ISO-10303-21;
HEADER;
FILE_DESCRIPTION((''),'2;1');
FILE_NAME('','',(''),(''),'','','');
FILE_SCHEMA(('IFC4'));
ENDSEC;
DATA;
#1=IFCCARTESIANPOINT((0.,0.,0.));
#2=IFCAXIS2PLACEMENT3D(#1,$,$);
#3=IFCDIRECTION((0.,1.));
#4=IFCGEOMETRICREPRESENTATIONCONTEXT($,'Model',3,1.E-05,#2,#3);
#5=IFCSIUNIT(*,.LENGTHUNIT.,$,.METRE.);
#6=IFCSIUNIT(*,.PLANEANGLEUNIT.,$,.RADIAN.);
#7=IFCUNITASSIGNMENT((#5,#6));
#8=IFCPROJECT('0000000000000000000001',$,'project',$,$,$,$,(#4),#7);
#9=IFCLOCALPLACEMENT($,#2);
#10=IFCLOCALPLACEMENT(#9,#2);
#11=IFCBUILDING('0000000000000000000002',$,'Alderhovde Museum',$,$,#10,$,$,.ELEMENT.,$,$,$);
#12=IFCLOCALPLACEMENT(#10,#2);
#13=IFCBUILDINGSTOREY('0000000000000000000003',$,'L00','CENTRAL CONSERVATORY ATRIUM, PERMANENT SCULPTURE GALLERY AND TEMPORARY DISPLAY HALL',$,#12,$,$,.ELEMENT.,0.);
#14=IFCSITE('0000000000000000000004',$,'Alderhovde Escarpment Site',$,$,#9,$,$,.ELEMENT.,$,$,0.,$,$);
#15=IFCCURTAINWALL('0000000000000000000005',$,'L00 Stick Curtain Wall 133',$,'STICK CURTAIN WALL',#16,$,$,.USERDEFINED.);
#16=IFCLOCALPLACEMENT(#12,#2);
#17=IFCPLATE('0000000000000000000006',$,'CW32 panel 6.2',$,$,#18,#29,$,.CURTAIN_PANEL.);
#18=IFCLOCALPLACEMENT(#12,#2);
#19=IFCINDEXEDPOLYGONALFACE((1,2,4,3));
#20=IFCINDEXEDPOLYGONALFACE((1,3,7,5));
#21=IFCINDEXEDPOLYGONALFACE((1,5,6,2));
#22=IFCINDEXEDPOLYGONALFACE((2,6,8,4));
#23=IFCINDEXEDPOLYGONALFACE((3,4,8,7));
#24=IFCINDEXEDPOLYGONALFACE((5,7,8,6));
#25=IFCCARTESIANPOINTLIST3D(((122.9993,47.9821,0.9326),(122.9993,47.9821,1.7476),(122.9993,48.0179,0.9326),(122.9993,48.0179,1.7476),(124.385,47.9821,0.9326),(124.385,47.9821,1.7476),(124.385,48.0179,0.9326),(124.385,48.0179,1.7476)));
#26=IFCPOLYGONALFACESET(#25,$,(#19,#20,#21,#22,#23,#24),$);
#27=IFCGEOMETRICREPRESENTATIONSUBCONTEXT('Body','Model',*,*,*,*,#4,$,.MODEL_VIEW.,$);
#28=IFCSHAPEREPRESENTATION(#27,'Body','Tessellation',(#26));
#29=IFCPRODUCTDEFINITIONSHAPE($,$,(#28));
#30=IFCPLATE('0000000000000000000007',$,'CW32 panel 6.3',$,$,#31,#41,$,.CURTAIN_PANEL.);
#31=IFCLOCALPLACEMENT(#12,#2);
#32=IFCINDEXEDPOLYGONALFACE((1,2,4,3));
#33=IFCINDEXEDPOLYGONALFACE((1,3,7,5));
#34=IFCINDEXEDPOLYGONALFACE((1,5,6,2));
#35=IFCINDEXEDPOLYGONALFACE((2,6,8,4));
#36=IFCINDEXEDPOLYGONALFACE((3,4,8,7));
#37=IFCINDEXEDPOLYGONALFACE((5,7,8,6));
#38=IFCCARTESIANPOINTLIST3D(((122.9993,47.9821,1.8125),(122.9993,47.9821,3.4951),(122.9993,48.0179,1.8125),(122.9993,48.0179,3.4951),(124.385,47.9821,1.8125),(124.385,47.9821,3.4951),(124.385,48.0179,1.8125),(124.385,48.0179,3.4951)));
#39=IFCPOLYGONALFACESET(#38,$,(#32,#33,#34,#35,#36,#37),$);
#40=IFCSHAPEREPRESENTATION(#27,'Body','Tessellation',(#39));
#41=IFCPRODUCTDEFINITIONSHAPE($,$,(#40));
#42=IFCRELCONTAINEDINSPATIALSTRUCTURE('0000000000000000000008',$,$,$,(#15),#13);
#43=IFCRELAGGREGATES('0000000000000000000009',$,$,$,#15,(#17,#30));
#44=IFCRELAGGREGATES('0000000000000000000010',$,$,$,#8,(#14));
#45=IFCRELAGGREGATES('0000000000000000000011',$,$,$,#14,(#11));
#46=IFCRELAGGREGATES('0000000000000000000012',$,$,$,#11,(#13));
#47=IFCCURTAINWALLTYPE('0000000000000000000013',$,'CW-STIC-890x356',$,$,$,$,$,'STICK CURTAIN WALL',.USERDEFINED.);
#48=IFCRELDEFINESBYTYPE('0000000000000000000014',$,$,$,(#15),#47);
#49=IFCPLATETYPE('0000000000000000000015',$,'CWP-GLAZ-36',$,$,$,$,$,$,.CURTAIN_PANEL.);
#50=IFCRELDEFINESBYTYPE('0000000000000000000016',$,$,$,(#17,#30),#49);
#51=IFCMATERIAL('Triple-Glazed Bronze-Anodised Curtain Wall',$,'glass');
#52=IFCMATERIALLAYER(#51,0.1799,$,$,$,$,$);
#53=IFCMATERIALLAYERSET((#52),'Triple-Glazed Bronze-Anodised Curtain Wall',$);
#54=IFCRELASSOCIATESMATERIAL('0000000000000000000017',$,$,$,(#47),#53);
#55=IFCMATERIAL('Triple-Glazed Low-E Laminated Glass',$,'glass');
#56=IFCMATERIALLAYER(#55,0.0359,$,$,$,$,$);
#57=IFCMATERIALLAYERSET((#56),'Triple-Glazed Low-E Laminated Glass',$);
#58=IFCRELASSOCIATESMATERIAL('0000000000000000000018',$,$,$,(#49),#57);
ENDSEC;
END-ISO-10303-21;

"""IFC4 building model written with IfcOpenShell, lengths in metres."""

from ifc_helpers import new_model, si_unit, direction, frame, origin, origin_2d, place, context, subcontext, project, spatial, rectangle, extrude, material, layer, layer_set, type_object, element, aggregate, save


model = new_model("IFC4")

# Units and contexts
model_context = context("Model", 3, precision=1e-05, world=origin(), true_north=direction((0.0, 1.0)))
body_context = subcontext(model_context, "Body", "Model", "MODEL_VIEW")
ifc_project = project(units=[si_unit("LENGTHUNIT", "METRE"), si_unit("PLANEANGLEUNIT", "RADIAN")], contexts=[model_context])

# Site, building, storey
site_placement = place(None, origin())
site = spatial("IfcSite", under=ifc_project, at=site_placement, Name="Alderhovde Escarpment Site", CompositionType="ELEMENT", RefElevation=0.0)
building_placement = place(site_placement, origin())
building = spatial("IfcBuilding", under=site, at=building_placement, Name="Alderhovde Museum", CompositionType="ELEMENT")
storey_placement = place(building_placement, origin())
storey = spatial("IfcBuildingStorey", under=building, at=storey_placement, Name="L00", Description="CENTRAL CONSERVATORY ATRIUM, PERMANENT SCULPTURE GALLERY AND TEMPORARY DISPLAY HALL", CompositionType="ELEMENT", Elevation=0.0)

# Curtain wall
ifc_material_1 = material(Name="Triple-Glazed Bronze-Anodised Curtain Wall", Category="glass")
ifc_layer_1 = layer(ifc_material_1, 0.1799)
ifc_layer_set_1 = layer_set([ifc_layer_1], Name="Triple-Glazed Bronze-Anodised Curtain Wall")
curtain_wall_type = type_object("IfcCurtainWallType", Name="CW-STIC-890x356", ElementType="STICK CURTAIN WALL", PredefinedType="USERDEFINED", material=ifc_layer_set_1)
curtain_wall_placement = place(storey_placement, origin())
curtain_wall = element("IfcCurtainWall", 1, at=curtain_wall_placement, inside=storey, type_object=curtain_wall_type, Name="L00 Stick Curtain Wall 133", ObjectType="STICK CURTAIN WALL", PredefinedType="USERDEFINED")

# Plates
ifc_material_2 = material(Name="Triple-Glazed Low-E Laminated Glass", Category="glass")
ifc_layer_2 = layer(ifc_material_2, 0.0359)
ifc_layer_set_2 = layer_set([ifc_layer_2], Name="Triple-Glazed Low-E Laminated Glass")
plate_type = type_object("IfcPlateType", Name="CWP-GLAZ-36", PredefinedType="CURTAIN_PANEL", material=ifc_layer_set_2)
plate_1_placement = place(storey_placement, frame((123.6921, 48.0, 0.9326), z_axis=(0.0, 0.0, 1.0), x_axis=(1.0, 0.0, 0.0)))
plate_1 = element("IfcPlate", 2, at=plate_1_placement, type_object=plate_type, Name="CW32 panel 6.2", PredefinedType="CURTAIN_PANEL", context=body_context, shape_type="SweptSolid", body=[
    extrude(rectangle(XDim=1.3857, YDim=0.0359, at=origin_2d()), origin(), (0.0, 0.0, 1.0), 0.8149),
])
plate_2_placement = place(storey_placement, frame((123.6921, 48.0, 1.8125), z_axis=(0.0, 0.0, 1.0), x_axis=(1.0, 0.0, 0.0)))
plate_2 = element("IfcPlate", 3, at=plate_2_placement, type_object=plate_type, Name="CW32 panel 6.3", PredefinedType="CURTAIN_PANEL", context=body_context, shape_type="SweptSolid", body=[
    extrude(rectangle(XDim=1.3857, YDim=0.0359, at=origin_2d()), origin(), (0.0, 0.0, 1.0), 1.6826),
])
aggregate(curtain_wall, [plate_1, plate_2])

save(model, "model.ifc")
